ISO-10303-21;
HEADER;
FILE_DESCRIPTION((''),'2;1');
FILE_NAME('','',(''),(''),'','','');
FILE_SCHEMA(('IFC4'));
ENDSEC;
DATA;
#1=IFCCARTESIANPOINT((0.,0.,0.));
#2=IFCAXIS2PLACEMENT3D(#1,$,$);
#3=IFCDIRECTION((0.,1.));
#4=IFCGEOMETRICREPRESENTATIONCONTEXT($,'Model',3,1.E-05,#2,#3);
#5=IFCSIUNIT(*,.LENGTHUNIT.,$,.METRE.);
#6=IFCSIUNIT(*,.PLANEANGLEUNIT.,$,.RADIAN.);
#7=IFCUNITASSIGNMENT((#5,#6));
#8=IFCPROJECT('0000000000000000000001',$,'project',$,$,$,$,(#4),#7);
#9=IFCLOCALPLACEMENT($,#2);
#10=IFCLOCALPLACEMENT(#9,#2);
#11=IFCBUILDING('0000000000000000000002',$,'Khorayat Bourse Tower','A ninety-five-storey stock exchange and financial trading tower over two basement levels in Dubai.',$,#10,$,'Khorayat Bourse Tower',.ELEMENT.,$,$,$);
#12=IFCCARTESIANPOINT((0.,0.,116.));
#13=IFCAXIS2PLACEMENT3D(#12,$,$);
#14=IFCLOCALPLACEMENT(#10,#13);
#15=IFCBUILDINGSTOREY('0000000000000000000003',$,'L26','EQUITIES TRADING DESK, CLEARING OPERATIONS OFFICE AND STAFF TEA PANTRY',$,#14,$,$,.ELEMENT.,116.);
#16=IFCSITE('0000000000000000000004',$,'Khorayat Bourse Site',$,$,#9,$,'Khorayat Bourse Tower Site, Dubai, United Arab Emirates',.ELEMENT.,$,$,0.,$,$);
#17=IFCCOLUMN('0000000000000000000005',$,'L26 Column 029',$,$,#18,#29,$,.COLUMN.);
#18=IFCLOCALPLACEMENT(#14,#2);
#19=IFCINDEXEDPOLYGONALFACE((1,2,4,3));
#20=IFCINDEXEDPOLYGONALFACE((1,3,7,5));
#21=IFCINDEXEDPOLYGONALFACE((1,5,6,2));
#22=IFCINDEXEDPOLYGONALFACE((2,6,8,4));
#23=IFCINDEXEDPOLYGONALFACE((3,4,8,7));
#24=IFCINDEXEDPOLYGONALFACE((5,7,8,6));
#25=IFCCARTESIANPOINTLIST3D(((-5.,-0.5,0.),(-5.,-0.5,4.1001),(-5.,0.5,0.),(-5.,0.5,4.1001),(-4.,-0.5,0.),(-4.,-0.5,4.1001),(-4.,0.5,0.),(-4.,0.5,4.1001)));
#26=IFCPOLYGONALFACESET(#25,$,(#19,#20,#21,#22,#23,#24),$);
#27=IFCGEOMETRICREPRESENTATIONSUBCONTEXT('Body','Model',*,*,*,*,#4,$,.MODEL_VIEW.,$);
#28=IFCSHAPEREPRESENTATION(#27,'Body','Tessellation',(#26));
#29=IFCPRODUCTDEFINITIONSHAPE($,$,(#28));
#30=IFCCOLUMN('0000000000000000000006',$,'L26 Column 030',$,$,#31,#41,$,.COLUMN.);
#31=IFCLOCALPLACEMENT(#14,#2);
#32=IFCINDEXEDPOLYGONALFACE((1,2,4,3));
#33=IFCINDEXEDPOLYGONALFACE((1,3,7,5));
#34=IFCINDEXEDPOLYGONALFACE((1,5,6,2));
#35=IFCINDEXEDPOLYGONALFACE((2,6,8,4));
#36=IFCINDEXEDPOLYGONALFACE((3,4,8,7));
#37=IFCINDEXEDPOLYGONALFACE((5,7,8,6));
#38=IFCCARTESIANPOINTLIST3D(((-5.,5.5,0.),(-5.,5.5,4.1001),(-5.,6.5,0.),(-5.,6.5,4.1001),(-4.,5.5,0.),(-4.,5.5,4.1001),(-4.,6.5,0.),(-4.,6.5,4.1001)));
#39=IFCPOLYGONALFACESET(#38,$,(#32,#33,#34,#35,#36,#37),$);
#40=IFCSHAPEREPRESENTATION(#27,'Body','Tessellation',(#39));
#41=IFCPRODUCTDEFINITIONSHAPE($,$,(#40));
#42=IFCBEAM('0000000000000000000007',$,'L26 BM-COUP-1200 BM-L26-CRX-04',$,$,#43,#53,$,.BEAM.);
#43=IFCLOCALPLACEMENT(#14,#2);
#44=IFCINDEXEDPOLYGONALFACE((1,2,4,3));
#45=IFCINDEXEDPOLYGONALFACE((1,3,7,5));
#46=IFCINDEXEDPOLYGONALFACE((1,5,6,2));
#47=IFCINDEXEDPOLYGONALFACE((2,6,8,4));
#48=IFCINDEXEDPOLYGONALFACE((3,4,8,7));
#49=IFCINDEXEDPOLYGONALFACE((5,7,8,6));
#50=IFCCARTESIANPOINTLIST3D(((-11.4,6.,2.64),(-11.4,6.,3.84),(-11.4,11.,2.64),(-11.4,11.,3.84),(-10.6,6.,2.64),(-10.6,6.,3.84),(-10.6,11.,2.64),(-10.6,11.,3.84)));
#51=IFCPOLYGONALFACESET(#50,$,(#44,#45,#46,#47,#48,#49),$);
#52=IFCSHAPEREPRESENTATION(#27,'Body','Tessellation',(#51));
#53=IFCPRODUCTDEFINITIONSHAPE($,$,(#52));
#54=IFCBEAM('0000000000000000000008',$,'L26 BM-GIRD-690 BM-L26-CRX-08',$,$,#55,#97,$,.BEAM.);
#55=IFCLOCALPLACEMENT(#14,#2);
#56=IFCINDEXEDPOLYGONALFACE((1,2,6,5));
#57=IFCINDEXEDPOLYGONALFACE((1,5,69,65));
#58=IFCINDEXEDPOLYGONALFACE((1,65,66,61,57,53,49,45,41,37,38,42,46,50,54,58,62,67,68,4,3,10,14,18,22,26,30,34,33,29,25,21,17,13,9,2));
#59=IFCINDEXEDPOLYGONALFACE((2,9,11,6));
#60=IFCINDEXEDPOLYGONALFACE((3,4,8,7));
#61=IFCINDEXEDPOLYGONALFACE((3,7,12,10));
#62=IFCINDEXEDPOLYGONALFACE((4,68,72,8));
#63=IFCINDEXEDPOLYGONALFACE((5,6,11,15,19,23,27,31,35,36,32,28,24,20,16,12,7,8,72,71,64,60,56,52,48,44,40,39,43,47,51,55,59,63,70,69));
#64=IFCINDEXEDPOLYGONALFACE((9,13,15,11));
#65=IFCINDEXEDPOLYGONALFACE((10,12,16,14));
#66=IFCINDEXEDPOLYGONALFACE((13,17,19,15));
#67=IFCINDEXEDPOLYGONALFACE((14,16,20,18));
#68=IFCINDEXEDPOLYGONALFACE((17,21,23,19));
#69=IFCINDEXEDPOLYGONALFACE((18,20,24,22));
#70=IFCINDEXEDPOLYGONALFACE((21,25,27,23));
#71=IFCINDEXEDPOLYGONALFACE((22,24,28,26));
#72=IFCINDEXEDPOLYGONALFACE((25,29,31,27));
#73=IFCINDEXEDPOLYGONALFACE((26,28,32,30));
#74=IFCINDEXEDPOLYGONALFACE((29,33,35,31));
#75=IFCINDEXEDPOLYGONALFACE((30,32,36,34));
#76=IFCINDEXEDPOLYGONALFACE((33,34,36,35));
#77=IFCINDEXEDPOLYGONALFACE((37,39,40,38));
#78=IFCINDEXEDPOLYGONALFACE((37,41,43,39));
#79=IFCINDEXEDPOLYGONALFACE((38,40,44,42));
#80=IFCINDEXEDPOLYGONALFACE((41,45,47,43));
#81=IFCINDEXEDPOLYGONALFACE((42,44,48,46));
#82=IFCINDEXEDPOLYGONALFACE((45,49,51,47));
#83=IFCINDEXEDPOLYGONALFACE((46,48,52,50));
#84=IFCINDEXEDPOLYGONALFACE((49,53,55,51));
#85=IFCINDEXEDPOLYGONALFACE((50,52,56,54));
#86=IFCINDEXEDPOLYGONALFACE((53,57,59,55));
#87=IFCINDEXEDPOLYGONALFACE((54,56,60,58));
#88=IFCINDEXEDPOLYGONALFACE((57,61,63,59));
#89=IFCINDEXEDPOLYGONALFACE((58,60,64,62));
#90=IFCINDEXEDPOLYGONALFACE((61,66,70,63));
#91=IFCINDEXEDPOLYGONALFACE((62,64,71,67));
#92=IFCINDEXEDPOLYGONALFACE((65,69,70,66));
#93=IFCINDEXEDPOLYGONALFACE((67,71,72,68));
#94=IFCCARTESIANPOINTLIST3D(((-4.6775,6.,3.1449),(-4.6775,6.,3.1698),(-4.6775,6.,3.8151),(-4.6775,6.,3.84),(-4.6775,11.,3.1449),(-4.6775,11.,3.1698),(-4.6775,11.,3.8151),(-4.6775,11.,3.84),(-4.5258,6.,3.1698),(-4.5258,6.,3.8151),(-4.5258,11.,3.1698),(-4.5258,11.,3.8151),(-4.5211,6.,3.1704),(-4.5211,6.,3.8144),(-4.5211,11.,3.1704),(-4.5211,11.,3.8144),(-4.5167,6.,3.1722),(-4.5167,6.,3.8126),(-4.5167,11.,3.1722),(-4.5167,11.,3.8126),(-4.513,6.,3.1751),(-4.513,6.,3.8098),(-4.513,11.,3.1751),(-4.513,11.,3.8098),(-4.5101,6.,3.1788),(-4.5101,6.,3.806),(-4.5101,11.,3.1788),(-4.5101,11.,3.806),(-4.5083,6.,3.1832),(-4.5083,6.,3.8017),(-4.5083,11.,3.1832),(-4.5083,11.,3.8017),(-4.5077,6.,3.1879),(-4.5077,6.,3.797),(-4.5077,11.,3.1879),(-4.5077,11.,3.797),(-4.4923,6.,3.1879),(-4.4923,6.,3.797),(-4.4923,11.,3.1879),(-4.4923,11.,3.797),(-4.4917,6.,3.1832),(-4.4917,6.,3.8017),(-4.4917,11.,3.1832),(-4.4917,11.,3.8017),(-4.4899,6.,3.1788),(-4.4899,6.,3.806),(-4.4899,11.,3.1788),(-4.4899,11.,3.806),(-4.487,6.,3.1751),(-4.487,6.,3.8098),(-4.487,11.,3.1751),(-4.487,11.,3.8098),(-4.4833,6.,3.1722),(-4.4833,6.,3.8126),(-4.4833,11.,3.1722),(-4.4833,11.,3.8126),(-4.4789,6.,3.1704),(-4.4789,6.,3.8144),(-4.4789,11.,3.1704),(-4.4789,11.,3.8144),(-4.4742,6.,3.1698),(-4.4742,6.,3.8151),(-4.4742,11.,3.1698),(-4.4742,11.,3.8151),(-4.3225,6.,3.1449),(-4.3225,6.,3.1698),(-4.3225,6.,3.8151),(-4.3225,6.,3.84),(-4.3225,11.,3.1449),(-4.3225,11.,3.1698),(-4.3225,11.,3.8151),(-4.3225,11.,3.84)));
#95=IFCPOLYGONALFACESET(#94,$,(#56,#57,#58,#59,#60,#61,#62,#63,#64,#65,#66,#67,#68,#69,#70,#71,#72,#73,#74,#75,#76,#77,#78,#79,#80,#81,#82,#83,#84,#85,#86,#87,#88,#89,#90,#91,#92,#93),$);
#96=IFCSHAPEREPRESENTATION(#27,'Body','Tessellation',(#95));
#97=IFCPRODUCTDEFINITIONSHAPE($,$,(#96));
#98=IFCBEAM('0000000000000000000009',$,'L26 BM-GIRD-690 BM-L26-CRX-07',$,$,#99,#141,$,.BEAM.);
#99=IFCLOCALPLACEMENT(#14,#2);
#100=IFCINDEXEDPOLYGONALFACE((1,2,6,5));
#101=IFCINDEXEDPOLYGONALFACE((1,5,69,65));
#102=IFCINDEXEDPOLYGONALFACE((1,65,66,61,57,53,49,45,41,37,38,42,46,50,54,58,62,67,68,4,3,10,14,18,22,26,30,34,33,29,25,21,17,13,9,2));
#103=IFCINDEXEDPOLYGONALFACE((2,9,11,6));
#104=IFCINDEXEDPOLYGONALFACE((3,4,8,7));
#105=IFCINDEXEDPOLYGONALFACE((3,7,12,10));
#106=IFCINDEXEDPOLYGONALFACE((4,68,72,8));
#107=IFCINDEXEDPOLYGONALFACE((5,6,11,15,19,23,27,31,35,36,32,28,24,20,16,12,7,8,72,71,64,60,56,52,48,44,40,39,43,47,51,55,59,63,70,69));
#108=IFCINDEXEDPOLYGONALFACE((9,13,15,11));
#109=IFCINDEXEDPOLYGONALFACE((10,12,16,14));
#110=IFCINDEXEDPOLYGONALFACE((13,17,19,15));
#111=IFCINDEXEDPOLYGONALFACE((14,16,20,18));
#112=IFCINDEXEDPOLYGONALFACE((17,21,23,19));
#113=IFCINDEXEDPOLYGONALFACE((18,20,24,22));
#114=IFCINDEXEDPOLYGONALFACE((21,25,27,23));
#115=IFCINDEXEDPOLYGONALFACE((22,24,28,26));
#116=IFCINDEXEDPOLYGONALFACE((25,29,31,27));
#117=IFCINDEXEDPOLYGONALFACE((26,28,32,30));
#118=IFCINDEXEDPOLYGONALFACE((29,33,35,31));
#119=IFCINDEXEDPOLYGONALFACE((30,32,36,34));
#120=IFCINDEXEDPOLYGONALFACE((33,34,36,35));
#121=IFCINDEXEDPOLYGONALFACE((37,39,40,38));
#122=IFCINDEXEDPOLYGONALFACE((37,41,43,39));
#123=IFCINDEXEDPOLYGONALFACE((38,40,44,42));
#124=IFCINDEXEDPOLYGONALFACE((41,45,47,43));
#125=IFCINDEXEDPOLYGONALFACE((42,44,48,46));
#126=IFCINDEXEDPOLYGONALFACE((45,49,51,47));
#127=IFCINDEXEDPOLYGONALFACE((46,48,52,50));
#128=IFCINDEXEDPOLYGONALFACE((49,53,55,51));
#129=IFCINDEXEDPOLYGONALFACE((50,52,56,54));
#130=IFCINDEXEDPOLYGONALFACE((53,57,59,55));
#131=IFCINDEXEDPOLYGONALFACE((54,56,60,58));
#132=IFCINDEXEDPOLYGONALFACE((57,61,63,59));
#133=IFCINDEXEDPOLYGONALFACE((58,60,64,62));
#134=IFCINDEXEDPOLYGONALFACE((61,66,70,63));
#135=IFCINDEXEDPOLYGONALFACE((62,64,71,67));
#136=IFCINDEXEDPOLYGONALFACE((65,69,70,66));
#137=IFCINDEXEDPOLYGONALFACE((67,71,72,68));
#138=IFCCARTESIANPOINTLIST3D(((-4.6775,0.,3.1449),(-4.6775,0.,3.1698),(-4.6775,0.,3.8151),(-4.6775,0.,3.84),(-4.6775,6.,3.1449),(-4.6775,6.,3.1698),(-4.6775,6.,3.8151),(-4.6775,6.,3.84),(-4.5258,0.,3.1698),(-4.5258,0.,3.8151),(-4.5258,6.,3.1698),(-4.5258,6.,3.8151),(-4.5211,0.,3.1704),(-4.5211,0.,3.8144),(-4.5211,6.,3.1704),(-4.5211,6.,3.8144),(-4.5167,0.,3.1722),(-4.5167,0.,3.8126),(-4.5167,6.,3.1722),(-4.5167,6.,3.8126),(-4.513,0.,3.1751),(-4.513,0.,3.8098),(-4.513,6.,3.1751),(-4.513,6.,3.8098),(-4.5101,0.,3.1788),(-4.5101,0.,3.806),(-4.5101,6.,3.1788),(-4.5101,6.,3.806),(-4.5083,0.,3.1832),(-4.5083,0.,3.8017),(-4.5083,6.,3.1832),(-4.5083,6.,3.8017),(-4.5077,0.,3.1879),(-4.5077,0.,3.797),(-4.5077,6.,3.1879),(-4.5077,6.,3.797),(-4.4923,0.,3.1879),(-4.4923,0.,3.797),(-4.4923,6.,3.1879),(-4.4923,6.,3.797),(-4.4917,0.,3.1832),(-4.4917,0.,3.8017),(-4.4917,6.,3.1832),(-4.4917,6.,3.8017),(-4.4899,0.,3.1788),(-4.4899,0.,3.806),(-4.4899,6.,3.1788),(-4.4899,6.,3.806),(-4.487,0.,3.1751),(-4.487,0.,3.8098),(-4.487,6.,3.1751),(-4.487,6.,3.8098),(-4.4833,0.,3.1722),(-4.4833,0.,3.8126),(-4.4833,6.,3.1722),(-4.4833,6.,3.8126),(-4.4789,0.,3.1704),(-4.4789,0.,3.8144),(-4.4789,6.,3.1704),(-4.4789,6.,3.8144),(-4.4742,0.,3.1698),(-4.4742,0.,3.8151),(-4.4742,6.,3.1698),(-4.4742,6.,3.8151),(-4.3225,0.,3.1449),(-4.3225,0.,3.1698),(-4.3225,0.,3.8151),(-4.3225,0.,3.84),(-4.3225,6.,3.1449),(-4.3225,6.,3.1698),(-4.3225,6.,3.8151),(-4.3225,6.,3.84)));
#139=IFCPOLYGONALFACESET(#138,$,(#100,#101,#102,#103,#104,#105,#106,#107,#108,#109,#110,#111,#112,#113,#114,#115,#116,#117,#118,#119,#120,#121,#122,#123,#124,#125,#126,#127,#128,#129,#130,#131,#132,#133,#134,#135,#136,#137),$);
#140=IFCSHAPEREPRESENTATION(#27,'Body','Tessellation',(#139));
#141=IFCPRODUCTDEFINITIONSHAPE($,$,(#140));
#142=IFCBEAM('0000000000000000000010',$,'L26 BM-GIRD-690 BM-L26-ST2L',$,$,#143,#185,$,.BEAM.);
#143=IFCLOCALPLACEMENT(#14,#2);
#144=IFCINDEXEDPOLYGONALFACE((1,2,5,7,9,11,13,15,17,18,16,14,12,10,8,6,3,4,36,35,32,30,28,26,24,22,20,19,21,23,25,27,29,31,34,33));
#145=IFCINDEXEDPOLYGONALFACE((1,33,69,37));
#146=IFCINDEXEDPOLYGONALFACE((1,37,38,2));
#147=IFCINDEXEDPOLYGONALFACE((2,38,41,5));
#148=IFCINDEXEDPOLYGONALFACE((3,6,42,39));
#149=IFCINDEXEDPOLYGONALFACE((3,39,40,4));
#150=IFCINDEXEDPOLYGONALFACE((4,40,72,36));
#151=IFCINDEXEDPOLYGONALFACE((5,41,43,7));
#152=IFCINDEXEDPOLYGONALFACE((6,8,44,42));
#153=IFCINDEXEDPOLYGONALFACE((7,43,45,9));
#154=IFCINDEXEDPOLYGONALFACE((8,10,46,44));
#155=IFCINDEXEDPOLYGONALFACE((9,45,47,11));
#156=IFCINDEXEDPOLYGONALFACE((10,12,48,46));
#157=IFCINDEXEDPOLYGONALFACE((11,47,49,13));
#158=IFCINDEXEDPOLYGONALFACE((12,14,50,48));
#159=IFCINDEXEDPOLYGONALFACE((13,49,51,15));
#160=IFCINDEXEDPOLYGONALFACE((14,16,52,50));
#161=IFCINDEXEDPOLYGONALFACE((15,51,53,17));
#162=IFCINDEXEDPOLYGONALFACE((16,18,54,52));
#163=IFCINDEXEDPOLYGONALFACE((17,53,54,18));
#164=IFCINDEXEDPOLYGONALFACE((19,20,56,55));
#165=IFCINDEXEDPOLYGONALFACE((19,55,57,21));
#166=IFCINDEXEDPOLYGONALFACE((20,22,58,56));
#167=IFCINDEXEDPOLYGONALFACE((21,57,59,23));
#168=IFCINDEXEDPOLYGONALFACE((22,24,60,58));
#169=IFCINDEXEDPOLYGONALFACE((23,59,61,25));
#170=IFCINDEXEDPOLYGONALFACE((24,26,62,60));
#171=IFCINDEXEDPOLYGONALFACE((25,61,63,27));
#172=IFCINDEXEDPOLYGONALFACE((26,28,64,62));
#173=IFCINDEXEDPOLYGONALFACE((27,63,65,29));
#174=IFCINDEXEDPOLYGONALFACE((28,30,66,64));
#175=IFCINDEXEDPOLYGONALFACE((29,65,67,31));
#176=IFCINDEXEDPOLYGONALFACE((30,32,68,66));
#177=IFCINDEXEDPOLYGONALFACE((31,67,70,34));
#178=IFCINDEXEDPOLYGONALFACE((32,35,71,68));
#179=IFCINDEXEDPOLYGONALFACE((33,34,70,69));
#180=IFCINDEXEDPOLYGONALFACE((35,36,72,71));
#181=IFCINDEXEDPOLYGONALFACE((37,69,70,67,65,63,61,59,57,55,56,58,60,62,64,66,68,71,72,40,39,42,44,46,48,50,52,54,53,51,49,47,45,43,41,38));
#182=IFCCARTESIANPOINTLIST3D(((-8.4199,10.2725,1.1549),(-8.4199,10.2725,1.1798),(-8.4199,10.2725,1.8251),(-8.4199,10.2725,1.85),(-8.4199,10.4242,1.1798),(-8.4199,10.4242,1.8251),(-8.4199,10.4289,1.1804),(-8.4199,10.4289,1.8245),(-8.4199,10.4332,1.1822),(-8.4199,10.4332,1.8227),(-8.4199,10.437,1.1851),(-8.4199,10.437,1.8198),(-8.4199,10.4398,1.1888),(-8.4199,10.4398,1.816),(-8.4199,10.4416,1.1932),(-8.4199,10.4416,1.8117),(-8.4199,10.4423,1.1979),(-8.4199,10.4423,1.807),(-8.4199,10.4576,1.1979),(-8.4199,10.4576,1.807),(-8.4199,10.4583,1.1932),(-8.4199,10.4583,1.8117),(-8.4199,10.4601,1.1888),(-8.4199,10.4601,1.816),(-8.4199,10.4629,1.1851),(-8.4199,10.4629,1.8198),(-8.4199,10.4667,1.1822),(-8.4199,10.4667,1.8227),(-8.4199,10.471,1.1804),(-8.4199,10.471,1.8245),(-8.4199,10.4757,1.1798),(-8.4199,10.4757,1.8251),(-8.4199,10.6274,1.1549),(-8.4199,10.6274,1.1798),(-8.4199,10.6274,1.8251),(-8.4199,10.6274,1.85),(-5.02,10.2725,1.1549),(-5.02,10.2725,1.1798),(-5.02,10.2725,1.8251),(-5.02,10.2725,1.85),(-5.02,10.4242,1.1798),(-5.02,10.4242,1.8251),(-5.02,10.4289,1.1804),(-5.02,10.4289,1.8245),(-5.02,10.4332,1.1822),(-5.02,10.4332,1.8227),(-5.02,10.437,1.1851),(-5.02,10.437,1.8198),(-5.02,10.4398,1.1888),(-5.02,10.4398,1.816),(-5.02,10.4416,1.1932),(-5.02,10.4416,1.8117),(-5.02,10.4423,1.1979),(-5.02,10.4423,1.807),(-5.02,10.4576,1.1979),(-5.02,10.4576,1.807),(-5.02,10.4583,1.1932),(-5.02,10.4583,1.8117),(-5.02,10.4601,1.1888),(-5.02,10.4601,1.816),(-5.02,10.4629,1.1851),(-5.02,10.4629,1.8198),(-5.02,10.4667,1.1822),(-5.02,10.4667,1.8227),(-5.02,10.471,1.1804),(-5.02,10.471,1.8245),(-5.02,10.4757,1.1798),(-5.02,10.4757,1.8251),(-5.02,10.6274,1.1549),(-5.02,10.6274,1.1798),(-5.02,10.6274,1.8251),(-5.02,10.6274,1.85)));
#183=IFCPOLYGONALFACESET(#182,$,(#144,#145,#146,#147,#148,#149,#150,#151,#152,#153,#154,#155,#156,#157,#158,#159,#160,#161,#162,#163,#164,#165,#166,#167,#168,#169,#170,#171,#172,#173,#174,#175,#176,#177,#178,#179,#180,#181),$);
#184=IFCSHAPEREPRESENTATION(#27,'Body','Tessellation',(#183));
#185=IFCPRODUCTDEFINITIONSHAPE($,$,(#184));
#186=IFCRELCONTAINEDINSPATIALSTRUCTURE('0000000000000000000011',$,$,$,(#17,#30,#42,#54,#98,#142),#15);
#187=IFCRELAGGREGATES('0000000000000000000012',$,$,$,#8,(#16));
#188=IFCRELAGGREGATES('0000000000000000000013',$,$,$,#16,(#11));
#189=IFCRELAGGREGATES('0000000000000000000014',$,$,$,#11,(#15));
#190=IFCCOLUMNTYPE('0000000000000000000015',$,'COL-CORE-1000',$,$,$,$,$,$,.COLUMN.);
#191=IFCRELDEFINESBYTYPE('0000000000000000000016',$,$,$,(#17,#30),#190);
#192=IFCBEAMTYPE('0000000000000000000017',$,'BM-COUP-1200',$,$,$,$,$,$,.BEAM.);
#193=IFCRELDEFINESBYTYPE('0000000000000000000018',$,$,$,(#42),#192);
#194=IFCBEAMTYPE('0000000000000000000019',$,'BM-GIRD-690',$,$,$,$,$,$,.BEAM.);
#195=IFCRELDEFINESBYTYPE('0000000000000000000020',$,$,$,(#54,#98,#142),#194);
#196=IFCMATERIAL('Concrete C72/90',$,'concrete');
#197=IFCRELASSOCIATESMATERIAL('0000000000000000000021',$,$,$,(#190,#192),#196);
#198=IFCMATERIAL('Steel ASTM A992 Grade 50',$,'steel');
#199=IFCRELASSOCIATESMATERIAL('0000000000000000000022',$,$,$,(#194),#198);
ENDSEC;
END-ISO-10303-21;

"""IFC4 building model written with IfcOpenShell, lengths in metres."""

from ifc_helpers import new_model, si_unit, direction, frame, origin, origin_2d, place, context, subcontext, project, spatial, rectangle, i_section, extrude, source, transform, mapped, material, material_profile, profile_set, type_object, element, save


model = new_model("IFC4")

# Units and contexts
model_context = context("Model", 3, precision=1e-05, world=origin(), true_north=direction((0.0, 1.0)))
body_context = subcontext(model_context, "Body", "Model", "MODEL_VIEW")
ifc_project = project(units=[si_unit("LENGTHUNIT", "METRE"), si_unit("PLANEANGLEUNIT", "RADIAN")], contexts=[model_context])

# Site, building, storey
site_placement = place(None, origin())
site = spatial("IfcSite", under=ifc_project, at=site_placement, Name="Khorayat Bourse Site", LongName="Khorayat Bourse Tower Site, Dubai, United Arab Emirates", CompositionType="ELEMENT", RefElevation=0.0)
building_placement = place(site_placement, origin())
building = spatial("IfcBuilding", under=site, at=building_placement, Name="Khorayat Bourse Tower", Description="A ninety-five-storey stock exchange and financial trading tower over two basement levels in Dubai.", LongName="Khorayat Bourse Tower", CompositionType="ELEMENT")
storey_placement = place(building_placement, frame((0.0, 0.0, 116.0)))
storey = spatial("IfcBuildingStorey", under=building, at=storey_placement, Name="L26", Description="EQUITIES TRADING DESK, CLEARING OPERATIONS OFFICE AND STAFF TEA PANTRY", CompositionType="ELEMENT", Elevation=116.0)

# Columns
ifc_material_1 = material(Name="Concrete C72/90", Category="concrete")
ifc_material_profile_1 = material_profile(ifc_material_1, rectangle(XDim=1.0, YDim=1.0, at=origin_2d()), Name="RC 1000x1000")
ifc_profile_set_1 = profile_set([ifc_material_profile_1], Name="Concrete C72/90")
column_type = type_object("IfcColumnType", Name="COL-CORE-1000", PredefinedType="COLUMN", material=ifc_profile_set_1)
shared_shape_1 = source(origin(), body_context, "Body", "SweptSolid", [
    extrude(rectangle(XDim=1.0, YDim=1.0, at=origin_2d()), origin(), (0.0, 0.0, 1.0), 4.1001),
])
for number, where, z_axis, x_axis, name in (
    (1, (-4.5, 0.0, 0.0), (0.0, 0.0, 1.0), (1.0, 0.0, 0.0), "L26 Column 029"),
    (2, (-4.5, 6.0, 0.0), (0.0, 0.0, 1.0), (1.0, 0.0, 0.0), "L26 Column 030"),
):
    element("IfcColumn", number, at=place(storey_placement, frame(where, z_axis=z_axis, x_axis=x_axis)), inside=storey, type_object=column_type, Name=name, PredefinedType="COLUMN", context=body_context, shape_type="MappedRepresentation", body=[
        mapped(shared_shape_1, transform((0.0, 0.0, 0.0), scale=1.0)),
    ])

# Beams
ifc_material_profile_2 = material_profile(ifc_material_1, rectangle(XDim=0.8, YDim=1.2, at=origin_2d()), Name="RC 800x1200")
ifc_profile_set_2 = profile_set([ifc_material_profile_2], Name="Concrete C72/90")
beam_type_1 = type_object("IfcBeamType", Name="BM-COUP-1200", PredefinedType="BEAM", material=ifc_profile_set_2)
shared_shape_2 = source(origin(), body_context, "Body", "SweptSolid", [
    extrude(rectangle(XDim=0.8, YDim=1.2, at=origin_2d()), origin(), (0.0, 0.0, 1.0), 5.0),
])
beam_1_placement = place(storey_placement, frame((-11.0, 6.0, 3.24), z_axis=(0.0, 1.0, 0.0), x_axis=(-1.0, 0.0, 0.0)))
element("IfcBeam", 3, at=beam_1_placement, inside=storey, type_object=beam_type_1, Name="L26 BM-COUP-1200 BM-L26-CRX-04", PredefinedType="BEAM", context=body_context, shape_type="MappedRepresentation", body=[
    mapped(shared_shape_2, transform((0.0, 0.0, 0.0), scale=1.0)),
])
ifc_material_2 = material(Name="Steel ASTM A992 Grade 50", Category="steel")
ifc_material_profile_3 = material_profile(ifc_material_2, i_section(OverallWidth=0.355, OverallDepth=0.6951, WebThickness=0.0154, FlangeThickness=0.0249, FilletRadius=0.0181, at=origin_2d()), Name="W690X217")
ifc_profile_set_3 = profile_set([ifc_material_profile_3], Name="Steel ASTM A992 Grade 50")
beam_type_2 = type_object("IfcBeamType", Name="BM-GIRD-690", PredefinedType="BEAM", material=ifc_profile_set_3)
shared_shape_3 = source(origin(), body_context, "Body", "SweptSolid", [
    extrude(i_section(OverallWidth=0.355, OverallDepth=0.6951, WebThickness=0.0154, FlangeThickness=0.0249, FilletRadius=0.0181, at=origin_2d()), origin(), (0.0, 0.0, 1.0), 5.0),
])
beam_2_placement = place(storey_placement, frame((-4.5, 6.0, 3.4924), z_axis=(0.0, 1.0, 0.0), x_axis=(-1.0, 0.0, 0.0)))
element("IfcBeam", 4, at=beam_2_placement, inside=storey, type_object=beam_type_2, Name="L26 BM-GIRD-690 BM-L26-CRX-08", PredefinedType="BEAM", context=body_context, shape_type="MappedRepresentation", body=[
    mapped(shared_shape_3, transform((0.0, 0.0, 0.0), scale=1.0)),
])
shared_shape_4 = source(origin(), body_context, "Body", "SweptSolid", [
    extrude(i_section(OverallWidth=0.355, OverallDepth=0.6951, WebThickness=0.0154, FlangeThickness=0.0249, FilletRadius=0.0181, at=origin_2d()), origin(), (0.0, 0.0, 1.0), 6.0),
])
beam_3_placement = place(storey_placement, frame((-4.5, 0.0, 3.4924), z_axis=(0.0, 1.0, 0.0), x_axis=(-1.0, 0.0, 0.0)))
element("IfcBeam", 5, at=beam_3_placement, inside=storey, type_object=beam_type_2, Name="L26 BM-GIRD-690 BM-L26-CRX-07", PredefinedType="BEAM", context=body_context, shape_type="MappedRepresentation", body=[
    mapped(shared_shape_4, transform((0.0, 0.0, 0.0), scale=1.0)),
])
shared_shape_5 = source(origin(), body_context, "Body", "SweptSolid", [
    extrude(i_section(OverallWidth=0.355, OverallDepth=0.6951, WebThickness=0.0154, FlangeThickness=0.0249, FilletRadius=0.0181, at=origin_2d()), origin(), (0.0, 0.0, 1.0), 3.3999),
])
beam_4_placement = place(storey_placement, frame((-8.4199, 10.45, 1.5024), z_axis=(1.0, 0.0, 0.0), x_axis=(0.0, 1.0, 0.0)))
element("IfcBeam", 6, at=beam_4_placement, inside=storey, type_object=beam_type_2, Name="L26 BM-GIRD-690 BM-L26-ST2L", PredefinedType="BEAM", context=body_context, shape_type="MappedRepresentation", body=[
    mapped(shared_shape_5, transform((0.0, 0.0, 0.0), scale=1.0)),
])

save(model, "model.ifc")
